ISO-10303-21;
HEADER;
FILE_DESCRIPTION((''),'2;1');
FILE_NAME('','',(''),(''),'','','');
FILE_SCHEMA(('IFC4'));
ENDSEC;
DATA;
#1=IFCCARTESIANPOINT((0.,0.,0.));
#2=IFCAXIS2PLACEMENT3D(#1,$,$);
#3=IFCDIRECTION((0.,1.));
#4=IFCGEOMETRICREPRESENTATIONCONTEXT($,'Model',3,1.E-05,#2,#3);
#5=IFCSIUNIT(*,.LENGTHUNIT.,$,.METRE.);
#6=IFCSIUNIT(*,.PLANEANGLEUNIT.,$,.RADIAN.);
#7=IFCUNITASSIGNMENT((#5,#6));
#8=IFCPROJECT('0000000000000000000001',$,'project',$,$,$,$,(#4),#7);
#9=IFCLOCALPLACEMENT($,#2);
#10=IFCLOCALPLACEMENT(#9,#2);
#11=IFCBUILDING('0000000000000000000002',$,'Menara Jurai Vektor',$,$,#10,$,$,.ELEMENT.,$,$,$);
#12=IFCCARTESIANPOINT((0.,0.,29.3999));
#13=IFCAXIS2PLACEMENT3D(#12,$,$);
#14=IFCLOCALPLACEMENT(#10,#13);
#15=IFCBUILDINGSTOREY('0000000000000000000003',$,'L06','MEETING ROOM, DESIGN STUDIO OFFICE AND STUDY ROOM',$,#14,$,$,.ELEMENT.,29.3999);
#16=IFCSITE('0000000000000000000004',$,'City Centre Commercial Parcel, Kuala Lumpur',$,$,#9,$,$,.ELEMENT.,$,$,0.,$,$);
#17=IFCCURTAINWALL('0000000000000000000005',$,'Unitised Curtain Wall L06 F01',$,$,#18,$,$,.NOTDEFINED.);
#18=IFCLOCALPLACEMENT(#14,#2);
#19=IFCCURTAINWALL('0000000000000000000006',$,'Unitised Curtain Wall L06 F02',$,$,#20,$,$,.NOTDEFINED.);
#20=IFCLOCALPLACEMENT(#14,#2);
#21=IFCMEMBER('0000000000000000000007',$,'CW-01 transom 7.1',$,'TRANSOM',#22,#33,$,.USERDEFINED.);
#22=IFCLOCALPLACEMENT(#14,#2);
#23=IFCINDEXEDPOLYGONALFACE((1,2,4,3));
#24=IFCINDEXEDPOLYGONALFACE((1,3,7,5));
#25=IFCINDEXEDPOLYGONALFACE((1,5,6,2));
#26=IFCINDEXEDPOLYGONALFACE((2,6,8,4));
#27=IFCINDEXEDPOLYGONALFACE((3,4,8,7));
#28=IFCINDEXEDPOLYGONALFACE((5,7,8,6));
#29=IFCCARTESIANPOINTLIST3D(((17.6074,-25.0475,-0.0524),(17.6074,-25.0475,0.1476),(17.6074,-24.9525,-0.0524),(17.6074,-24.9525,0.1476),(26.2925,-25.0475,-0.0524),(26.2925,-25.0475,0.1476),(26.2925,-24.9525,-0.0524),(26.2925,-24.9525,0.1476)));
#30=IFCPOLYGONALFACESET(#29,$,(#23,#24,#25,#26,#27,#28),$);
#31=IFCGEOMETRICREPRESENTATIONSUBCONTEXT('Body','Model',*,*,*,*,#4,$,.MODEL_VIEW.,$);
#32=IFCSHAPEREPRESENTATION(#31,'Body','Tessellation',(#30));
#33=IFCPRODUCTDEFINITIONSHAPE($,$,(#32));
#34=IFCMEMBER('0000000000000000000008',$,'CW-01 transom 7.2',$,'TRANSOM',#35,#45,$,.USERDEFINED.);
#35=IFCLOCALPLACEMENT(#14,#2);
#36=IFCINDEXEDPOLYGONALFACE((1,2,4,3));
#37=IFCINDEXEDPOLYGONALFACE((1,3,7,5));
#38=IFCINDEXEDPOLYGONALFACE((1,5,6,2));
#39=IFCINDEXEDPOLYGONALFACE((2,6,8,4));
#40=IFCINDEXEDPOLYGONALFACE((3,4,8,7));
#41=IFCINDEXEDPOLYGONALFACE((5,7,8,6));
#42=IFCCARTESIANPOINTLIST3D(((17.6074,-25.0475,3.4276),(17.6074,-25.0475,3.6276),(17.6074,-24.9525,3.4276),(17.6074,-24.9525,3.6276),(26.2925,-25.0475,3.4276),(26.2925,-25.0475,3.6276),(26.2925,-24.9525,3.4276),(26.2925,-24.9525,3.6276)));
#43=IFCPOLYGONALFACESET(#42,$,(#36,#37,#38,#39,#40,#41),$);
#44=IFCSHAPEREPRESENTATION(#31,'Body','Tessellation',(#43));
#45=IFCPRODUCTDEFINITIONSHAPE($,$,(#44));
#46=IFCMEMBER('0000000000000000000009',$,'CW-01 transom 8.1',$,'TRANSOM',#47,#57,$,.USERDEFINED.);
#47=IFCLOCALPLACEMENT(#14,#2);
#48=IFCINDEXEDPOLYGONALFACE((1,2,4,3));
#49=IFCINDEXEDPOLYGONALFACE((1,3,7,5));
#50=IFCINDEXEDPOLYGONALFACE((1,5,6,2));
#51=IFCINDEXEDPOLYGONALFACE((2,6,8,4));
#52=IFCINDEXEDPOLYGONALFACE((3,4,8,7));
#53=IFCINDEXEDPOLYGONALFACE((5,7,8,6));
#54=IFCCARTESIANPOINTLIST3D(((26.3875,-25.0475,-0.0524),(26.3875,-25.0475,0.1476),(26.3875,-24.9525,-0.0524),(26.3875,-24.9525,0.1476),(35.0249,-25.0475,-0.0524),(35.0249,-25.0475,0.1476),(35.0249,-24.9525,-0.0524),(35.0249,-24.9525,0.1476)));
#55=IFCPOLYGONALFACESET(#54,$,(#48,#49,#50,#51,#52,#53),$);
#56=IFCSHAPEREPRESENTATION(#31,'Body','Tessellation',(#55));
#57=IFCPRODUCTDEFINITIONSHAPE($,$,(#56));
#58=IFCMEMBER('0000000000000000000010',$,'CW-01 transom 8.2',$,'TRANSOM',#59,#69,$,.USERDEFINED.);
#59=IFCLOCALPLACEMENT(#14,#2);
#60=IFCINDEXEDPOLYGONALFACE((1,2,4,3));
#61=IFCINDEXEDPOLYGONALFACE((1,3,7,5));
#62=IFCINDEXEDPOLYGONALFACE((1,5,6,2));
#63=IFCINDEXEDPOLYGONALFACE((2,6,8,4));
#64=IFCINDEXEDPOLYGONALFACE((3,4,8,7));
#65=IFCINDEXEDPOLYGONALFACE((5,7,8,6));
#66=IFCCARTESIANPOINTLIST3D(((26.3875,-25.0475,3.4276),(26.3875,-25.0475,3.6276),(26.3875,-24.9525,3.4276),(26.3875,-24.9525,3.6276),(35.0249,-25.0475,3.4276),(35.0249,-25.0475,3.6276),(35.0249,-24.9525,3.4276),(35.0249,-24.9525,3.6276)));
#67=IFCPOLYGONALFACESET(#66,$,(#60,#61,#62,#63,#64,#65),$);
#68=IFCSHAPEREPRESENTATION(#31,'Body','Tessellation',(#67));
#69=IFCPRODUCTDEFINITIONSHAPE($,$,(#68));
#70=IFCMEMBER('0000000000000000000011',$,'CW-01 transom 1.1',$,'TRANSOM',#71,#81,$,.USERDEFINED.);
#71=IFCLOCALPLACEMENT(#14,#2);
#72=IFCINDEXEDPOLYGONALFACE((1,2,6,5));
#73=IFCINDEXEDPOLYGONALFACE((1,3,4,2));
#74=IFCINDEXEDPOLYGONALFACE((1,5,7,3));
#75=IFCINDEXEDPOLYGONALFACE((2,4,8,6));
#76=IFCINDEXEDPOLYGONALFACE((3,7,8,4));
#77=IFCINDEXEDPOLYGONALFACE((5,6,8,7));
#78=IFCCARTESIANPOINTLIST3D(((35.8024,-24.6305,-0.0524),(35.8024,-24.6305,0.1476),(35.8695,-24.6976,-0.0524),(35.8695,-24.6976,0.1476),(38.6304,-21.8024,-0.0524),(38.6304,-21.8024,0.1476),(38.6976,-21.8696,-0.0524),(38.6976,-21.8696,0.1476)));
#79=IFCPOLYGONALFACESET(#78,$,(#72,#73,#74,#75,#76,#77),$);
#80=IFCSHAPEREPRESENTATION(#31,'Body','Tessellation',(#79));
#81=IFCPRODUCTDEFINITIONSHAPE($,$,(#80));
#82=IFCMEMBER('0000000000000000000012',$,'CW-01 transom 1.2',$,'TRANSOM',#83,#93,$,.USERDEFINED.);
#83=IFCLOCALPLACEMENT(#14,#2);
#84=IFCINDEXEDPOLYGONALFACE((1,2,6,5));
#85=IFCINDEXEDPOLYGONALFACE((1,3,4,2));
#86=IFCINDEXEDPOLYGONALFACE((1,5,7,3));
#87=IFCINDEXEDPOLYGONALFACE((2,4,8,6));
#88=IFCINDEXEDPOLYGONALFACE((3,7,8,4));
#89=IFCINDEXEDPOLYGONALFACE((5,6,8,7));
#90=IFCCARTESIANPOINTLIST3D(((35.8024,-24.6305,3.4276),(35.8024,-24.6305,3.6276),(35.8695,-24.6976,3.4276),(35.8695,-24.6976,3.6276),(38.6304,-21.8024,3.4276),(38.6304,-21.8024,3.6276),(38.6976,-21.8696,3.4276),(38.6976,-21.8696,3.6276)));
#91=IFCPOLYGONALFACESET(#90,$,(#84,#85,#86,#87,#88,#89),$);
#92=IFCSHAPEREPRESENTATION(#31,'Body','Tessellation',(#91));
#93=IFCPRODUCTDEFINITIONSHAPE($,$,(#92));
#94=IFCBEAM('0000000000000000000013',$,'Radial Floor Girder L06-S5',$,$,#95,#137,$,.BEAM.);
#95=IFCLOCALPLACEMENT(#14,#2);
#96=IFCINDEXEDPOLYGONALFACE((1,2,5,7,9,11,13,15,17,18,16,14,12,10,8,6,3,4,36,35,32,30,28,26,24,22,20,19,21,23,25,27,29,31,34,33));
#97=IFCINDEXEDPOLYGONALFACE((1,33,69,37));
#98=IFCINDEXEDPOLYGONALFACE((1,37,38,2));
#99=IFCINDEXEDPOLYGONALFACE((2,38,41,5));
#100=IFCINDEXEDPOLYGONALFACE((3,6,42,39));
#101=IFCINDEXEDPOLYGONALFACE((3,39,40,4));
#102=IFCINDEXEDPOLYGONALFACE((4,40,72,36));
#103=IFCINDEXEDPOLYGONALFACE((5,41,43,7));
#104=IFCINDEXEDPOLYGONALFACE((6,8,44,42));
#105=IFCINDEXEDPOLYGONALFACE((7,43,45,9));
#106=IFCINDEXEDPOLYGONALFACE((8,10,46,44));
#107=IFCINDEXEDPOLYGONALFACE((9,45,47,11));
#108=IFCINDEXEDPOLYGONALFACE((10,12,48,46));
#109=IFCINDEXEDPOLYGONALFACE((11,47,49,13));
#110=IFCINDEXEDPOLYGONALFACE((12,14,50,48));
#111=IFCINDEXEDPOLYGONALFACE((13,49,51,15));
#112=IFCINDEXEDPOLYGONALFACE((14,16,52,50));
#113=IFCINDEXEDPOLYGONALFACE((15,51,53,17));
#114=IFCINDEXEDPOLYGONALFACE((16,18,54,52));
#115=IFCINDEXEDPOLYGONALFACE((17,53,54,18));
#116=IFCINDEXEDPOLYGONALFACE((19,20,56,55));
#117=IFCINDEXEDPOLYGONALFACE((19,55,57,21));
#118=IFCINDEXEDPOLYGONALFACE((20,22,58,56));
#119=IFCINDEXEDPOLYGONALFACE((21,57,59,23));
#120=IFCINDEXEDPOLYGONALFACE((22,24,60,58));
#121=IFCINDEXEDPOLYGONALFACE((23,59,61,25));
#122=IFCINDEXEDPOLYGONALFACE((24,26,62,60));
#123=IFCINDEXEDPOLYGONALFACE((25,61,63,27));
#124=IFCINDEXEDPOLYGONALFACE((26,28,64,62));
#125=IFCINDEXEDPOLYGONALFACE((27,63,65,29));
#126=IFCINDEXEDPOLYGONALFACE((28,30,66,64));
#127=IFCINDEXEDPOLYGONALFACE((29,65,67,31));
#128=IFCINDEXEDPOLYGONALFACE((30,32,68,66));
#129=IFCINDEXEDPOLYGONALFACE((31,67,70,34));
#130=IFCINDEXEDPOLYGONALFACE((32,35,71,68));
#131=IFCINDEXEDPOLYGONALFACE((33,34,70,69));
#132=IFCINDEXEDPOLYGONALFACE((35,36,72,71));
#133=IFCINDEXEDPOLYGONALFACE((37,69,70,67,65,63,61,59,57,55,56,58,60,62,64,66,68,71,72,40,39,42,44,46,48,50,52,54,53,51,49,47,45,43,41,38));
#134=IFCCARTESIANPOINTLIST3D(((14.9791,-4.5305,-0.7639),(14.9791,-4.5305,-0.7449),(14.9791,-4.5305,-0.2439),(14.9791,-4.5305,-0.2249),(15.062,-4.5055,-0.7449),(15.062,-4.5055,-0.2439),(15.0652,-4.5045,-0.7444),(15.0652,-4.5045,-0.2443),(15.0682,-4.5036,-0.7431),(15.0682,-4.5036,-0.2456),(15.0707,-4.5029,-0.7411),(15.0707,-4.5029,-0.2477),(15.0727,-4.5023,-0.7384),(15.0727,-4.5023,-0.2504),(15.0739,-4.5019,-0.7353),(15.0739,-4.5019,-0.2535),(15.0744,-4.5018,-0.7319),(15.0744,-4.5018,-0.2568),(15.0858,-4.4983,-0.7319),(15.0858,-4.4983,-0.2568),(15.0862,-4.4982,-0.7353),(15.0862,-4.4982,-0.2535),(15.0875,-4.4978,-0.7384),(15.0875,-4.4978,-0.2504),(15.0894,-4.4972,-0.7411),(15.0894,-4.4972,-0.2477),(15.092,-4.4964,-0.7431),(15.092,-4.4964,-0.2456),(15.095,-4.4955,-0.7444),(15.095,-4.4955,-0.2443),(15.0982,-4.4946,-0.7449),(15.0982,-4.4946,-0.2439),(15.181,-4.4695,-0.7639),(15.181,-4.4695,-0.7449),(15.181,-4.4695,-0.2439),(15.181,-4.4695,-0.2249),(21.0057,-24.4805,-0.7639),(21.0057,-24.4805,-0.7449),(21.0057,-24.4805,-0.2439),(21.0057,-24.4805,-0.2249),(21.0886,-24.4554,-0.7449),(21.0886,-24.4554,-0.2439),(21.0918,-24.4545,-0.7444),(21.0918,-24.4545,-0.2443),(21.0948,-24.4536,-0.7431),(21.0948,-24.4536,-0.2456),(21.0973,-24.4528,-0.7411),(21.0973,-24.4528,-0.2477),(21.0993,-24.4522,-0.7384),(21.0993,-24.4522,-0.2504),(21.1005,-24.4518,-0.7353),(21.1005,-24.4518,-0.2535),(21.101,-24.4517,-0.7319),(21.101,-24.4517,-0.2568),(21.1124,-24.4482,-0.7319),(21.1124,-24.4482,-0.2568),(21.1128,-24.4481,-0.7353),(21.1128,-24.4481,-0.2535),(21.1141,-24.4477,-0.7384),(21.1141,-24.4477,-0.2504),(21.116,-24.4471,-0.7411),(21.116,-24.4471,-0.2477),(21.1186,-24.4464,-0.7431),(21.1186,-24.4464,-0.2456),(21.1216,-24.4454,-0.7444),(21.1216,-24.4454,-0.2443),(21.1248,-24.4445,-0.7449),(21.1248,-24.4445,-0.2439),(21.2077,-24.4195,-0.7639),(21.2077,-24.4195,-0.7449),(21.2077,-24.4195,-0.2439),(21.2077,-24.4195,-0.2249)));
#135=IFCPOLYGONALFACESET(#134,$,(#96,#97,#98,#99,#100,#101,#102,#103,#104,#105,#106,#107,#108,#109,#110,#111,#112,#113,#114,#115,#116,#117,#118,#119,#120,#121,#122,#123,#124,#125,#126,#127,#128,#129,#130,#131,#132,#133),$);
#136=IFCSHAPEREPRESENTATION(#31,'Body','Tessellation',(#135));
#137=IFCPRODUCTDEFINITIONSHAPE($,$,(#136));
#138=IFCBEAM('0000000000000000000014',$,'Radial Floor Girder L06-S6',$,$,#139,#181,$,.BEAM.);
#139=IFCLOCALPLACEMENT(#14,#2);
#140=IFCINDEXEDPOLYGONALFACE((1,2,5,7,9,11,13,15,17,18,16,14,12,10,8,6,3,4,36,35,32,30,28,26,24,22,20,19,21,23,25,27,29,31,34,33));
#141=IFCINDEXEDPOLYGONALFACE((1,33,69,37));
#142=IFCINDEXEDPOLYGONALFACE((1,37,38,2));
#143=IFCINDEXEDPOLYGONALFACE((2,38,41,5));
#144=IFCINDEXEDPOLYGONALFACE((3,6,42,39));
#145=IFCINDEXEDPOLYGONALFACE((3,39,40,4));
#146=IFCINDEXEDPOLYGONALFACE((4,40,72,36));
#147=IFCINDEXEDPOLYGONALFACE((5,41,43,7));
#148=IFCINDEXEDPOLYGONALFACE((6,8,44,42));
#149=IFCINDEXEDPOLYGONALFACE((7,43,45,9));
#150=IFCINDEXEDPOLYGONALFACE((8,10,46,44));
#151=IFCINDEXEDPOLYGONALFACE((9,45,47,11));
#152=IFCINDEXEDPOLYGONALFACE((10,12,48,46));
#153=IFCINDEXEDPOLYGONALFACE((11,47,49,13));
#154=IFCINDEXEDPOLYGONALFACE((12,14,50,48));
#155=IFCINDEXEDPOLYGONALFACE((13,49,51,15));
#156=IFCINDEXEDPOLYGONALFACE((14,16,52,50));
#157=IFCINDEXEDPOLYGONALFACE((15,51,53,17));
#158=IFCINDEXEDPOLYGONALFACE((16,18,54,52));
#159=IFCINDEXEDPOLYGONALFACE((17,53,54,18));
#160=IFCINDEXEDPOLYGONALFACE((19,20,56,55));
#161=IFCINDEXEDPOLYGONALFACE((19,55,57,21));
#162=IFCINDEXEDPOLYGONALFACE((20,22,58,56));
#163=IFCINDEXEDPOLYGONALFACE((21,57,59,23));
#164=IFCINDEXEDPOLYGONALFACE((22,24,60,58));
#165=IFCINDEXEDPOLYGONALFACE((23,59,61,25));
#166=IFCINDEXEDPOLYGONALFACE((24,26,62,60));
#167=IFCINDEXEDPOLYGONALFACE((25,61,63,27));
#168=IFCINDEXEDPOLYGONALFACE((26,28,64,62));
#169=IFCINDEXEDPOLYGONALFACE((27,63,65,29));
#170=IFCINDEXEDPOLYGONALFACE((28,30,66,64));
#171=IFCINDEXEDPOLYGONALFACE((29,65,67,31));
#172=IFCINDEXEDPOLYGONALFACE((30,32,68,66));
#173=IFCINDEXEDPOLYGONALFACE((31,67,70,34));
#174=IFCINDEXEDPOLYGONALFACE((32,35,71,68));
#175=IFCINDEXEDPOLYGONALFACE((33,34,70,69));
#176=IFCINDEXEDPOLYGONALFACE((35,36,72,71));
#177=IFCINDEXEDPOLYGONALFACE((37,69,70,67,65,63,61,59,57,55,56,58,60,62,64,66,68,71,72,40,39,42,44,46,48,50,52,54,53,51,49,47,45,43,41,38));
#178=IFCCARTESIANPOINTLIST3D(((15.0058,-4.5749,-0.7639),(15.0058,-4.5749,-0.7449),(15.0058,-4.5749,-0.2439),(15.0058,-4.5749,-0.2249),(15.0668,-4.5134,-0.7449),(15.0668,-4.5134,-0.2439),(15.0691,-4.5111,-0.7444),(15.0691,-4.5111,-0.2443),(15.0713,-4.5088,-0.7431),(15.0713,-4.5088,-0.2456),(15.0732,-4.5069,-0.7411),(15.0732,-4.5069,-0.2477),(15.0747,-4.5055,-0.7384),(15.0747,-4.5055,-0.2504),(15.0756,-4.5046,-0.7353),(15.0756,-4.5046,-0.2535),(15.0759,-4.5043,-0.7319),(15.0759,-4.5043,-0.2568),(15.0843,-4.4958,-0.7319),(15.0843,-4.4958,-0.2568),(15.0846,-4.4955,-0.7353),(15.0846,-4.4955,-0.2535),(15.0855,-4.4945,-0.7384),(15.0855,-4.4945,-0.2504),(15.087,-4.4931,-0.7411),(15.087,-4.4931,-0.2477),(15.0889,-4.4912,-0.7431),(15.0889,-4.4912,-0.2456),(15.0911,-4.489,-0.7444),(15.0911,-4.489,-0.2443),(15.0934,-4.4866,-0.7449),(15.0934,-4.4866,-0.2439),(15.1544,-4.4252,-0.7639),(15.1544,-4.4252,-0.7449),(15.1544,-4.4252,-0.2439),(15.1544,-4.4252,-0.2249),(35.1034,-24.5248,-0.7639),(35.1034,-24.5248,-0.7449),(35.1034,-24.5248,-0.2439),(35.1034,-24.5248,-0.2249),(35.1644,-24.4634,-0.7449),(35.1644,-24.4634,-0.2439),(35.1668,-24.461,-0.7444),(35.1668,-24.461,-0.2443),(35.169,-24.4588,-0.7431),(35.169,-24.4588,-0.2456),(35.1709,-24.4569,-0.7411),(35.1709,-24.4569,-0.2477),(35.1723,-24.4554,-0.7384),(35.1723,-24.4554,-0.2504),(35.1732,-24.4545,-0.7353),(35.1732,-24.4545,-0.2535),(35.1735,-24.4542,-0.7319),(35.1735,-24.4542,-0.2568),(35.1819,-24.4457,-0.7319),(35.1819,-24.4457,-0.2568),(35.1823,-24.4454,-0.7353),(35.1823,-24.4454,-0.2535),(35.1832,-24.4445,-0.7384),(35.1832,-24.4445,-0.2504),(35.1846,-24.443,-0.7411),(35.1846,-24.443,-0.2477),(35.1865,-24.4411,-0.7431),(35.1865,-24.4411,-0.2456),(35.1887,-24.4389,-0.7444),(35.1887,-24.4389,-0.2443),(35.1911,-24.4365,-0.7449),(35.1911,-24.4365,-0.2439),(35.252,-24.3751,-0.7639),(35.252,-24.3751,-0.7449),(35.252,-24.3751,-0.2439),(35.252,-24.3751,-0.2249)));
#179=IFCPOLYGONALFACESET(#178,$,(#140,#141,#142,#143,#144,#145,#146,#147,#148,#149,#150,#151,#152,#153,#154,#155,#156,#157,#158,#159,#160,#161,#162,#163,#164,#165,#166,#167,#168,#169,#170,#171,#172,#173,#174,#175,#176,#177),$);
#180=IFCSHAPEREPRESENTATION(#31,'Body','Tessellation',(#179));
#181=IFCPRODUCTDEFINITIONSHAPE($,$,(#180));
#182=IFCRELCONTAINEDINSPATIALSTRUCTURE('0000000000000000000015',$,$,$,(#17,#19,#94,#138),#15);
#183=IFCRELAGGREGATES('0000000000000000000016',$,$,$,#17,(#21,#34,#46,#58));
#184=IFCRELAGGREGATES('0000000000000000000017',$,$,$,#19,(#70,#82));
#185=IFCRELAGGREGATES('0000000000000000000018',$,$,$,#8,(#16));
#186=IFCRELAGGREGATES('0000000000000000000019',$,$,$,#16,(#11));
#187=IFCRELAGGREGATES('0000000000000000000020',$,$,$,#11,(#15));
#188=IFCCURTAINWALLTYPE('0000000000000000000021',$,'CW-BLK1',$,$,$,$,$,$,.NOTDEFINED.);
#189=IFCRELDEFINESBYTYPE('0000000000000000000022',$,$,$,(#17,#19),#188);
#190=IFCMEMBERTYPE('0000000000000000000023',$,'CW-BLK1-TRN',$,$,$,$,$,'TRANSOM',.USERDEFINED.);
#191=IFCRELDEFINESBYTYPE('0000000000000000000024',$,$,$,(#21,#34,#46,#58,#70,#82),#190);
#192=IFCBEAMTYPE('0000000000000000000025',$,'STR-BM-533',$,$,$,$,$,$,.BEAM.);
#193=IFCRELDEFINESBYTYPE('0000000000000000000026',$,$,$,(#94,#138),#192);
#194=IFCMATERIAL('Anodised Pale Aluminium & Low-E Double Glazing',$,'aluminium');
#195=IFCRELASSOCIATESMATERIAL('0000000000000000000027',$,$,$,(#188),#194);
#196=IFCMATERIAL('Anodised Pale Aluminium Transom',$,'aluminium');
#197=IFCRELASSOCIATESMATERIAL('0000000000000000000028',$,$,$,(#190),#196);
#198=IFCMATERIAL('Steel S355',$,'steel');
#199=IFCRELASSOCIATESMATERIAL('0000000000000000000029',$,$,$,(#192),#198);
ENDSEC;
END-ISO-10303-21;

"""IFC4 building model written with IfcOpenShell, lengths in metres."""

from ifc_helpers import new_model, si_unit, direction, frame, origin, origin_2d, place, context, subcontext, project, spatial, rectangle, i_section, extrude, material, material_profile, profile_set, type_object, element, aggregate, save


model = new_model("IFC4")

# Units and contexts
model_context = context("Model", 3, precision=1e-05, world=origin(), true_north=direction((0.0, 1.0)))
body_context = subcontext(model_context, "Body", "Model", "MODEL_VIEW")
ifc_project = project(units=[si_unit("LENGTHUNIT", "METRE"), si_unit("PLANEANGLEUNIT", "RADIAN")], contexts=[model_context])

# Site, building, storey
site_placement = place(None, origin())
site = spatial("IfcSite", under=ifc_project, at=site_placement, Name="City Centre Commercial Parcel, Kuala Lumpur", CompositionType="ELEMENT", RefElevation=0.0)
building_placement = place(site_placement, origin())
building = spatial("IfcBuilding", under=site, at=building_placement, Name="Menara Jurai Vektor", CompositionType="ELEMENT")
storey_placement = place(building_placement, frame((0.0, 0.0, 29.3999)))
storey = spatial("IfcBuildingStorey", under=building, at=storey_placement, Name="L06", Description="MEETING ROOM, DESIGN STUDIO OFFICE AND STUDY ROOM", CompositionType="ELEMENT", Elevation=29.3999)

# Curtain walls
ifc_material_1 = material(Name="Anodised Pale Aluminium & Low-E Double Glazing", Category="aluminium")
curtain_wall_type = type_object("IfcCurtainWallType", Name="CW-BLK1", PredefinedType="NOTDEFINED", material=ifc_material_1)
curtain_wall_1_placement = place(storey_placement, origin())
curtain_wall_1 = element("IfcCurtainWall", 1, at=curtain_wall_1_placement, inside=storey, type_object=curtain_wall_type, Name="Unitised Curtain Wall L06 F01", PredefinedType="NOTDEFINED")
curtain_wall_2_placement = place(storey_placement, origin())
curtain_wall_2 = element("IfcCurtainWall", 2, at=curtain_wall_2_placement, inside=storey, type_object=curtain_wall_type, Name="Unitised Curtain Wall L06 F02", PredefinedType="NOTDEFINED")

# Members
ifc_material_2 = material(Name="Anodised Pale Aluminium Transom", Category="aluminium")
ifc_material_profile_1 = material_profile(ifc_material_2, rectangle(XDim=0.095, YDim=0.2, at=origin_2d()), Name="ALU TRN 95x200")
ifc_profile_set_1 = profile_set([ifc_material_profile_1], Name="Anodised Pale Aluminium Transom")
member_type_1 = type_object("IfcMemberType", Name="CW-BLK1-TRN", ElementType="TRANSOM", PredefinedType="USERDEFINED", material=ifc_profile_set_1)
member_1_placement = place(storey_placement, frame((17.6074, -25.0, 0.0476), z_axis=(1.0, 0.0, 0.0), x_axis=(0.0, 1.0, 0.0)))
member_1 = element("IfcMember", 3, at=member_1_placement, type_object=member_type_1, Name="CW-01 transom 7.1", ObjectType="TRANSOM", PredefinedType="USERDEFINED", context=body_context, shape_type="SweptSolid", body=[
    extrude(rectangle(XDim=0.095, YDim=0.2, at=origin_2d()), origin(), (0.0, 0.0, 1.0), 8.6851),
])
member_2_placement = place(storey_placement, frame((17.6074, -25.0, 3.5276), z_axis=(1.0, 0.0, 0.0), x_axis=(0.0, 1.0, 0.0)))
member_2 = element("IfcMember", 4, at=member_2_placement, type_object=member_type_1, Name="CW-01 transom 7.2", ObjectType="TRANSOM", PredefinedType="USERDEFINED", context=body_context, shape_type="SweptSolid", body=[
    extrude(rectangle(XDim=0.095, YDim=0.2, at=origin_2d()), origin(), (0.0, 0.0, 1.0), 8.6851),
])
member_3_placement = place(storey_placement, frame((26.3875, -25.0, 0.0476), z_axis=(1.0, 0.0, 0.0), x_axis=(0.0, 1.0, 0.0)))
member_3 = element("IfcMember", 5, at=member_3_placement, type_object=member_type_1, Name="CW-01 transom 8.1", ObjectType="TRANSOM", PredefinedType="USERDEFINED", context=body_context, shape_type="SweptSolid", body=[
    extrude(rectangle(XDim=0.095, YDim=0.2, at=origin_2d()), origin(), (0.0, 0.0, 1.0), 8.6375),
])
member_4_placement = place(storey_placement, frame((26.3875, -25.0, 3.5276), z_axis=(1.0, 0.0, 0.0), x_axis=(0.0, 1.0, 0.0)))
member_4 = element("IfcMember", 6, at=member_4_placement, type_object=member_type_1, Name="CW-01 transom 8.2", ObjectType="TRANSOM", PredefinedType="USERDEFINED", context=body_context, shape_type="SweptSolid", body=[
    extrude(rectangle(XDim=0.095, YDim=0.2, at=origin_2d()), origin(), (0.0, 0.0, 1.0), 8.6375),
])
member_5_placement = place(storey_placement, frame((35.8359, -24.6641, 0.0476), z_axis=(0.707107, 0.707107, 0.0), x_axis=(-0.707107, 0.707107, 0.0)))
member_5 = element("IfcMember", 7, at=member_5_placement, type_object=member_type_1, Name="CW-01 transom 1.1", ObjectType="TRANSOM", PredefinedType="USERDEFINED", context=body_context, shape_type="SweptSolid", body=[
    extrude(rectangle(XDim=0.095, YDim=0.2, at=origin_2d()), origin(), (0.0, 0.0, 1.0), 3.9995),
])
member_6_placement = place(storey_placement, frame((35.8359, -24.6641, 3.5276), z_axis=(0.707107, 0.707107, 0.0), x_axis=(-0.707107, 0.707107, 0.0)))
member_6 = element("IfcMember", 8, at=member_6_placement, type_object=member_type_1, Name="CW-01 transom 1.2", ObjectType="TRANSOM", PredefinedType="USERDEFINED", context=body_context, shape_type="SweptSolid", body=[
    extrude(rectangle(XDim=0.095, YDim=0.2, at=origin_2d()), origin(), (0.0, 0.0, 1.0), 3.9995),
])

# Beams
ifc_material_3 = material(Name="Steel S355", Category="steel")
ifc_material_profile_2 = material_profile(ifc_material_3, i_section(OverallWidth=0.2109, OverallDepth=0.5391, WebThickness=0.012, FlangeThickness=0.019, FilletRadius=0.0129, at=origin_2d()), Name="UKB 533x210x109")
ifc_profile_set_2 = profile_set([ifc_material_profile_2], Name="Steel S355")
beam_type_1 = type_object("IfcBeamType", Name="STR-BM-533", PredefinedType="BEAM", material=ifc_profile_set_2)
beam_1_placement = place(storey_placement, frame((21.1067, -24.45, -0.4944), z_axis=(-0.28918, 0.957275, 0.0), x_axis=(-0.957275, -0.28918, 0.0)))
element("IfcBeam", 9, at=beam_1_placement, inside=storey, type_object=beam_type_1, Name="Radial Floor Girder L06-S5", PredefinedType="BEAM", context=body_context, shape_type="SweptSolid", body=[
    extrude(i_section(OverallWidth=0.2109, OverallDepth=0.5391, WebThickness=0.012, FlangeThickness=0.019, FilletRadius=0.0129, at=origin_2d()), origin(), (0.0, 0.0, 1.0), 20.8403),
])
beam_2_placement = place(storey_placement, frame((35.1777, -24.45, -0.4944), z_axis=(-0.70971, 0.704494, 0.0), x_axis=(-0.704494, -0.70971, 0.0)))
element("IfcBeam", 10, at=beam_2_placement, inside=storey, type_object=beam_type_1, Name="Radial Floor Girder L06-S6", PredefinedType="BEAM", context=body_context, shape_type="SweptSolid", body=[
    extrude(i_section(OverallWidth=0.2109, OverallDepth=0.5391, WebThickness=0.012, FlangeThickness=0.019, FilletRadius=0.0129, at=origin_2d()), origin(), (0.0, 0.0, 1.0), 28.3181),
])

aggregate(curtain_wall_1, [member_1, member_2, member_3, member_4])
aggregate(curtain_wall_2, [member_5, member_6])

save(model, "model.ifc")
